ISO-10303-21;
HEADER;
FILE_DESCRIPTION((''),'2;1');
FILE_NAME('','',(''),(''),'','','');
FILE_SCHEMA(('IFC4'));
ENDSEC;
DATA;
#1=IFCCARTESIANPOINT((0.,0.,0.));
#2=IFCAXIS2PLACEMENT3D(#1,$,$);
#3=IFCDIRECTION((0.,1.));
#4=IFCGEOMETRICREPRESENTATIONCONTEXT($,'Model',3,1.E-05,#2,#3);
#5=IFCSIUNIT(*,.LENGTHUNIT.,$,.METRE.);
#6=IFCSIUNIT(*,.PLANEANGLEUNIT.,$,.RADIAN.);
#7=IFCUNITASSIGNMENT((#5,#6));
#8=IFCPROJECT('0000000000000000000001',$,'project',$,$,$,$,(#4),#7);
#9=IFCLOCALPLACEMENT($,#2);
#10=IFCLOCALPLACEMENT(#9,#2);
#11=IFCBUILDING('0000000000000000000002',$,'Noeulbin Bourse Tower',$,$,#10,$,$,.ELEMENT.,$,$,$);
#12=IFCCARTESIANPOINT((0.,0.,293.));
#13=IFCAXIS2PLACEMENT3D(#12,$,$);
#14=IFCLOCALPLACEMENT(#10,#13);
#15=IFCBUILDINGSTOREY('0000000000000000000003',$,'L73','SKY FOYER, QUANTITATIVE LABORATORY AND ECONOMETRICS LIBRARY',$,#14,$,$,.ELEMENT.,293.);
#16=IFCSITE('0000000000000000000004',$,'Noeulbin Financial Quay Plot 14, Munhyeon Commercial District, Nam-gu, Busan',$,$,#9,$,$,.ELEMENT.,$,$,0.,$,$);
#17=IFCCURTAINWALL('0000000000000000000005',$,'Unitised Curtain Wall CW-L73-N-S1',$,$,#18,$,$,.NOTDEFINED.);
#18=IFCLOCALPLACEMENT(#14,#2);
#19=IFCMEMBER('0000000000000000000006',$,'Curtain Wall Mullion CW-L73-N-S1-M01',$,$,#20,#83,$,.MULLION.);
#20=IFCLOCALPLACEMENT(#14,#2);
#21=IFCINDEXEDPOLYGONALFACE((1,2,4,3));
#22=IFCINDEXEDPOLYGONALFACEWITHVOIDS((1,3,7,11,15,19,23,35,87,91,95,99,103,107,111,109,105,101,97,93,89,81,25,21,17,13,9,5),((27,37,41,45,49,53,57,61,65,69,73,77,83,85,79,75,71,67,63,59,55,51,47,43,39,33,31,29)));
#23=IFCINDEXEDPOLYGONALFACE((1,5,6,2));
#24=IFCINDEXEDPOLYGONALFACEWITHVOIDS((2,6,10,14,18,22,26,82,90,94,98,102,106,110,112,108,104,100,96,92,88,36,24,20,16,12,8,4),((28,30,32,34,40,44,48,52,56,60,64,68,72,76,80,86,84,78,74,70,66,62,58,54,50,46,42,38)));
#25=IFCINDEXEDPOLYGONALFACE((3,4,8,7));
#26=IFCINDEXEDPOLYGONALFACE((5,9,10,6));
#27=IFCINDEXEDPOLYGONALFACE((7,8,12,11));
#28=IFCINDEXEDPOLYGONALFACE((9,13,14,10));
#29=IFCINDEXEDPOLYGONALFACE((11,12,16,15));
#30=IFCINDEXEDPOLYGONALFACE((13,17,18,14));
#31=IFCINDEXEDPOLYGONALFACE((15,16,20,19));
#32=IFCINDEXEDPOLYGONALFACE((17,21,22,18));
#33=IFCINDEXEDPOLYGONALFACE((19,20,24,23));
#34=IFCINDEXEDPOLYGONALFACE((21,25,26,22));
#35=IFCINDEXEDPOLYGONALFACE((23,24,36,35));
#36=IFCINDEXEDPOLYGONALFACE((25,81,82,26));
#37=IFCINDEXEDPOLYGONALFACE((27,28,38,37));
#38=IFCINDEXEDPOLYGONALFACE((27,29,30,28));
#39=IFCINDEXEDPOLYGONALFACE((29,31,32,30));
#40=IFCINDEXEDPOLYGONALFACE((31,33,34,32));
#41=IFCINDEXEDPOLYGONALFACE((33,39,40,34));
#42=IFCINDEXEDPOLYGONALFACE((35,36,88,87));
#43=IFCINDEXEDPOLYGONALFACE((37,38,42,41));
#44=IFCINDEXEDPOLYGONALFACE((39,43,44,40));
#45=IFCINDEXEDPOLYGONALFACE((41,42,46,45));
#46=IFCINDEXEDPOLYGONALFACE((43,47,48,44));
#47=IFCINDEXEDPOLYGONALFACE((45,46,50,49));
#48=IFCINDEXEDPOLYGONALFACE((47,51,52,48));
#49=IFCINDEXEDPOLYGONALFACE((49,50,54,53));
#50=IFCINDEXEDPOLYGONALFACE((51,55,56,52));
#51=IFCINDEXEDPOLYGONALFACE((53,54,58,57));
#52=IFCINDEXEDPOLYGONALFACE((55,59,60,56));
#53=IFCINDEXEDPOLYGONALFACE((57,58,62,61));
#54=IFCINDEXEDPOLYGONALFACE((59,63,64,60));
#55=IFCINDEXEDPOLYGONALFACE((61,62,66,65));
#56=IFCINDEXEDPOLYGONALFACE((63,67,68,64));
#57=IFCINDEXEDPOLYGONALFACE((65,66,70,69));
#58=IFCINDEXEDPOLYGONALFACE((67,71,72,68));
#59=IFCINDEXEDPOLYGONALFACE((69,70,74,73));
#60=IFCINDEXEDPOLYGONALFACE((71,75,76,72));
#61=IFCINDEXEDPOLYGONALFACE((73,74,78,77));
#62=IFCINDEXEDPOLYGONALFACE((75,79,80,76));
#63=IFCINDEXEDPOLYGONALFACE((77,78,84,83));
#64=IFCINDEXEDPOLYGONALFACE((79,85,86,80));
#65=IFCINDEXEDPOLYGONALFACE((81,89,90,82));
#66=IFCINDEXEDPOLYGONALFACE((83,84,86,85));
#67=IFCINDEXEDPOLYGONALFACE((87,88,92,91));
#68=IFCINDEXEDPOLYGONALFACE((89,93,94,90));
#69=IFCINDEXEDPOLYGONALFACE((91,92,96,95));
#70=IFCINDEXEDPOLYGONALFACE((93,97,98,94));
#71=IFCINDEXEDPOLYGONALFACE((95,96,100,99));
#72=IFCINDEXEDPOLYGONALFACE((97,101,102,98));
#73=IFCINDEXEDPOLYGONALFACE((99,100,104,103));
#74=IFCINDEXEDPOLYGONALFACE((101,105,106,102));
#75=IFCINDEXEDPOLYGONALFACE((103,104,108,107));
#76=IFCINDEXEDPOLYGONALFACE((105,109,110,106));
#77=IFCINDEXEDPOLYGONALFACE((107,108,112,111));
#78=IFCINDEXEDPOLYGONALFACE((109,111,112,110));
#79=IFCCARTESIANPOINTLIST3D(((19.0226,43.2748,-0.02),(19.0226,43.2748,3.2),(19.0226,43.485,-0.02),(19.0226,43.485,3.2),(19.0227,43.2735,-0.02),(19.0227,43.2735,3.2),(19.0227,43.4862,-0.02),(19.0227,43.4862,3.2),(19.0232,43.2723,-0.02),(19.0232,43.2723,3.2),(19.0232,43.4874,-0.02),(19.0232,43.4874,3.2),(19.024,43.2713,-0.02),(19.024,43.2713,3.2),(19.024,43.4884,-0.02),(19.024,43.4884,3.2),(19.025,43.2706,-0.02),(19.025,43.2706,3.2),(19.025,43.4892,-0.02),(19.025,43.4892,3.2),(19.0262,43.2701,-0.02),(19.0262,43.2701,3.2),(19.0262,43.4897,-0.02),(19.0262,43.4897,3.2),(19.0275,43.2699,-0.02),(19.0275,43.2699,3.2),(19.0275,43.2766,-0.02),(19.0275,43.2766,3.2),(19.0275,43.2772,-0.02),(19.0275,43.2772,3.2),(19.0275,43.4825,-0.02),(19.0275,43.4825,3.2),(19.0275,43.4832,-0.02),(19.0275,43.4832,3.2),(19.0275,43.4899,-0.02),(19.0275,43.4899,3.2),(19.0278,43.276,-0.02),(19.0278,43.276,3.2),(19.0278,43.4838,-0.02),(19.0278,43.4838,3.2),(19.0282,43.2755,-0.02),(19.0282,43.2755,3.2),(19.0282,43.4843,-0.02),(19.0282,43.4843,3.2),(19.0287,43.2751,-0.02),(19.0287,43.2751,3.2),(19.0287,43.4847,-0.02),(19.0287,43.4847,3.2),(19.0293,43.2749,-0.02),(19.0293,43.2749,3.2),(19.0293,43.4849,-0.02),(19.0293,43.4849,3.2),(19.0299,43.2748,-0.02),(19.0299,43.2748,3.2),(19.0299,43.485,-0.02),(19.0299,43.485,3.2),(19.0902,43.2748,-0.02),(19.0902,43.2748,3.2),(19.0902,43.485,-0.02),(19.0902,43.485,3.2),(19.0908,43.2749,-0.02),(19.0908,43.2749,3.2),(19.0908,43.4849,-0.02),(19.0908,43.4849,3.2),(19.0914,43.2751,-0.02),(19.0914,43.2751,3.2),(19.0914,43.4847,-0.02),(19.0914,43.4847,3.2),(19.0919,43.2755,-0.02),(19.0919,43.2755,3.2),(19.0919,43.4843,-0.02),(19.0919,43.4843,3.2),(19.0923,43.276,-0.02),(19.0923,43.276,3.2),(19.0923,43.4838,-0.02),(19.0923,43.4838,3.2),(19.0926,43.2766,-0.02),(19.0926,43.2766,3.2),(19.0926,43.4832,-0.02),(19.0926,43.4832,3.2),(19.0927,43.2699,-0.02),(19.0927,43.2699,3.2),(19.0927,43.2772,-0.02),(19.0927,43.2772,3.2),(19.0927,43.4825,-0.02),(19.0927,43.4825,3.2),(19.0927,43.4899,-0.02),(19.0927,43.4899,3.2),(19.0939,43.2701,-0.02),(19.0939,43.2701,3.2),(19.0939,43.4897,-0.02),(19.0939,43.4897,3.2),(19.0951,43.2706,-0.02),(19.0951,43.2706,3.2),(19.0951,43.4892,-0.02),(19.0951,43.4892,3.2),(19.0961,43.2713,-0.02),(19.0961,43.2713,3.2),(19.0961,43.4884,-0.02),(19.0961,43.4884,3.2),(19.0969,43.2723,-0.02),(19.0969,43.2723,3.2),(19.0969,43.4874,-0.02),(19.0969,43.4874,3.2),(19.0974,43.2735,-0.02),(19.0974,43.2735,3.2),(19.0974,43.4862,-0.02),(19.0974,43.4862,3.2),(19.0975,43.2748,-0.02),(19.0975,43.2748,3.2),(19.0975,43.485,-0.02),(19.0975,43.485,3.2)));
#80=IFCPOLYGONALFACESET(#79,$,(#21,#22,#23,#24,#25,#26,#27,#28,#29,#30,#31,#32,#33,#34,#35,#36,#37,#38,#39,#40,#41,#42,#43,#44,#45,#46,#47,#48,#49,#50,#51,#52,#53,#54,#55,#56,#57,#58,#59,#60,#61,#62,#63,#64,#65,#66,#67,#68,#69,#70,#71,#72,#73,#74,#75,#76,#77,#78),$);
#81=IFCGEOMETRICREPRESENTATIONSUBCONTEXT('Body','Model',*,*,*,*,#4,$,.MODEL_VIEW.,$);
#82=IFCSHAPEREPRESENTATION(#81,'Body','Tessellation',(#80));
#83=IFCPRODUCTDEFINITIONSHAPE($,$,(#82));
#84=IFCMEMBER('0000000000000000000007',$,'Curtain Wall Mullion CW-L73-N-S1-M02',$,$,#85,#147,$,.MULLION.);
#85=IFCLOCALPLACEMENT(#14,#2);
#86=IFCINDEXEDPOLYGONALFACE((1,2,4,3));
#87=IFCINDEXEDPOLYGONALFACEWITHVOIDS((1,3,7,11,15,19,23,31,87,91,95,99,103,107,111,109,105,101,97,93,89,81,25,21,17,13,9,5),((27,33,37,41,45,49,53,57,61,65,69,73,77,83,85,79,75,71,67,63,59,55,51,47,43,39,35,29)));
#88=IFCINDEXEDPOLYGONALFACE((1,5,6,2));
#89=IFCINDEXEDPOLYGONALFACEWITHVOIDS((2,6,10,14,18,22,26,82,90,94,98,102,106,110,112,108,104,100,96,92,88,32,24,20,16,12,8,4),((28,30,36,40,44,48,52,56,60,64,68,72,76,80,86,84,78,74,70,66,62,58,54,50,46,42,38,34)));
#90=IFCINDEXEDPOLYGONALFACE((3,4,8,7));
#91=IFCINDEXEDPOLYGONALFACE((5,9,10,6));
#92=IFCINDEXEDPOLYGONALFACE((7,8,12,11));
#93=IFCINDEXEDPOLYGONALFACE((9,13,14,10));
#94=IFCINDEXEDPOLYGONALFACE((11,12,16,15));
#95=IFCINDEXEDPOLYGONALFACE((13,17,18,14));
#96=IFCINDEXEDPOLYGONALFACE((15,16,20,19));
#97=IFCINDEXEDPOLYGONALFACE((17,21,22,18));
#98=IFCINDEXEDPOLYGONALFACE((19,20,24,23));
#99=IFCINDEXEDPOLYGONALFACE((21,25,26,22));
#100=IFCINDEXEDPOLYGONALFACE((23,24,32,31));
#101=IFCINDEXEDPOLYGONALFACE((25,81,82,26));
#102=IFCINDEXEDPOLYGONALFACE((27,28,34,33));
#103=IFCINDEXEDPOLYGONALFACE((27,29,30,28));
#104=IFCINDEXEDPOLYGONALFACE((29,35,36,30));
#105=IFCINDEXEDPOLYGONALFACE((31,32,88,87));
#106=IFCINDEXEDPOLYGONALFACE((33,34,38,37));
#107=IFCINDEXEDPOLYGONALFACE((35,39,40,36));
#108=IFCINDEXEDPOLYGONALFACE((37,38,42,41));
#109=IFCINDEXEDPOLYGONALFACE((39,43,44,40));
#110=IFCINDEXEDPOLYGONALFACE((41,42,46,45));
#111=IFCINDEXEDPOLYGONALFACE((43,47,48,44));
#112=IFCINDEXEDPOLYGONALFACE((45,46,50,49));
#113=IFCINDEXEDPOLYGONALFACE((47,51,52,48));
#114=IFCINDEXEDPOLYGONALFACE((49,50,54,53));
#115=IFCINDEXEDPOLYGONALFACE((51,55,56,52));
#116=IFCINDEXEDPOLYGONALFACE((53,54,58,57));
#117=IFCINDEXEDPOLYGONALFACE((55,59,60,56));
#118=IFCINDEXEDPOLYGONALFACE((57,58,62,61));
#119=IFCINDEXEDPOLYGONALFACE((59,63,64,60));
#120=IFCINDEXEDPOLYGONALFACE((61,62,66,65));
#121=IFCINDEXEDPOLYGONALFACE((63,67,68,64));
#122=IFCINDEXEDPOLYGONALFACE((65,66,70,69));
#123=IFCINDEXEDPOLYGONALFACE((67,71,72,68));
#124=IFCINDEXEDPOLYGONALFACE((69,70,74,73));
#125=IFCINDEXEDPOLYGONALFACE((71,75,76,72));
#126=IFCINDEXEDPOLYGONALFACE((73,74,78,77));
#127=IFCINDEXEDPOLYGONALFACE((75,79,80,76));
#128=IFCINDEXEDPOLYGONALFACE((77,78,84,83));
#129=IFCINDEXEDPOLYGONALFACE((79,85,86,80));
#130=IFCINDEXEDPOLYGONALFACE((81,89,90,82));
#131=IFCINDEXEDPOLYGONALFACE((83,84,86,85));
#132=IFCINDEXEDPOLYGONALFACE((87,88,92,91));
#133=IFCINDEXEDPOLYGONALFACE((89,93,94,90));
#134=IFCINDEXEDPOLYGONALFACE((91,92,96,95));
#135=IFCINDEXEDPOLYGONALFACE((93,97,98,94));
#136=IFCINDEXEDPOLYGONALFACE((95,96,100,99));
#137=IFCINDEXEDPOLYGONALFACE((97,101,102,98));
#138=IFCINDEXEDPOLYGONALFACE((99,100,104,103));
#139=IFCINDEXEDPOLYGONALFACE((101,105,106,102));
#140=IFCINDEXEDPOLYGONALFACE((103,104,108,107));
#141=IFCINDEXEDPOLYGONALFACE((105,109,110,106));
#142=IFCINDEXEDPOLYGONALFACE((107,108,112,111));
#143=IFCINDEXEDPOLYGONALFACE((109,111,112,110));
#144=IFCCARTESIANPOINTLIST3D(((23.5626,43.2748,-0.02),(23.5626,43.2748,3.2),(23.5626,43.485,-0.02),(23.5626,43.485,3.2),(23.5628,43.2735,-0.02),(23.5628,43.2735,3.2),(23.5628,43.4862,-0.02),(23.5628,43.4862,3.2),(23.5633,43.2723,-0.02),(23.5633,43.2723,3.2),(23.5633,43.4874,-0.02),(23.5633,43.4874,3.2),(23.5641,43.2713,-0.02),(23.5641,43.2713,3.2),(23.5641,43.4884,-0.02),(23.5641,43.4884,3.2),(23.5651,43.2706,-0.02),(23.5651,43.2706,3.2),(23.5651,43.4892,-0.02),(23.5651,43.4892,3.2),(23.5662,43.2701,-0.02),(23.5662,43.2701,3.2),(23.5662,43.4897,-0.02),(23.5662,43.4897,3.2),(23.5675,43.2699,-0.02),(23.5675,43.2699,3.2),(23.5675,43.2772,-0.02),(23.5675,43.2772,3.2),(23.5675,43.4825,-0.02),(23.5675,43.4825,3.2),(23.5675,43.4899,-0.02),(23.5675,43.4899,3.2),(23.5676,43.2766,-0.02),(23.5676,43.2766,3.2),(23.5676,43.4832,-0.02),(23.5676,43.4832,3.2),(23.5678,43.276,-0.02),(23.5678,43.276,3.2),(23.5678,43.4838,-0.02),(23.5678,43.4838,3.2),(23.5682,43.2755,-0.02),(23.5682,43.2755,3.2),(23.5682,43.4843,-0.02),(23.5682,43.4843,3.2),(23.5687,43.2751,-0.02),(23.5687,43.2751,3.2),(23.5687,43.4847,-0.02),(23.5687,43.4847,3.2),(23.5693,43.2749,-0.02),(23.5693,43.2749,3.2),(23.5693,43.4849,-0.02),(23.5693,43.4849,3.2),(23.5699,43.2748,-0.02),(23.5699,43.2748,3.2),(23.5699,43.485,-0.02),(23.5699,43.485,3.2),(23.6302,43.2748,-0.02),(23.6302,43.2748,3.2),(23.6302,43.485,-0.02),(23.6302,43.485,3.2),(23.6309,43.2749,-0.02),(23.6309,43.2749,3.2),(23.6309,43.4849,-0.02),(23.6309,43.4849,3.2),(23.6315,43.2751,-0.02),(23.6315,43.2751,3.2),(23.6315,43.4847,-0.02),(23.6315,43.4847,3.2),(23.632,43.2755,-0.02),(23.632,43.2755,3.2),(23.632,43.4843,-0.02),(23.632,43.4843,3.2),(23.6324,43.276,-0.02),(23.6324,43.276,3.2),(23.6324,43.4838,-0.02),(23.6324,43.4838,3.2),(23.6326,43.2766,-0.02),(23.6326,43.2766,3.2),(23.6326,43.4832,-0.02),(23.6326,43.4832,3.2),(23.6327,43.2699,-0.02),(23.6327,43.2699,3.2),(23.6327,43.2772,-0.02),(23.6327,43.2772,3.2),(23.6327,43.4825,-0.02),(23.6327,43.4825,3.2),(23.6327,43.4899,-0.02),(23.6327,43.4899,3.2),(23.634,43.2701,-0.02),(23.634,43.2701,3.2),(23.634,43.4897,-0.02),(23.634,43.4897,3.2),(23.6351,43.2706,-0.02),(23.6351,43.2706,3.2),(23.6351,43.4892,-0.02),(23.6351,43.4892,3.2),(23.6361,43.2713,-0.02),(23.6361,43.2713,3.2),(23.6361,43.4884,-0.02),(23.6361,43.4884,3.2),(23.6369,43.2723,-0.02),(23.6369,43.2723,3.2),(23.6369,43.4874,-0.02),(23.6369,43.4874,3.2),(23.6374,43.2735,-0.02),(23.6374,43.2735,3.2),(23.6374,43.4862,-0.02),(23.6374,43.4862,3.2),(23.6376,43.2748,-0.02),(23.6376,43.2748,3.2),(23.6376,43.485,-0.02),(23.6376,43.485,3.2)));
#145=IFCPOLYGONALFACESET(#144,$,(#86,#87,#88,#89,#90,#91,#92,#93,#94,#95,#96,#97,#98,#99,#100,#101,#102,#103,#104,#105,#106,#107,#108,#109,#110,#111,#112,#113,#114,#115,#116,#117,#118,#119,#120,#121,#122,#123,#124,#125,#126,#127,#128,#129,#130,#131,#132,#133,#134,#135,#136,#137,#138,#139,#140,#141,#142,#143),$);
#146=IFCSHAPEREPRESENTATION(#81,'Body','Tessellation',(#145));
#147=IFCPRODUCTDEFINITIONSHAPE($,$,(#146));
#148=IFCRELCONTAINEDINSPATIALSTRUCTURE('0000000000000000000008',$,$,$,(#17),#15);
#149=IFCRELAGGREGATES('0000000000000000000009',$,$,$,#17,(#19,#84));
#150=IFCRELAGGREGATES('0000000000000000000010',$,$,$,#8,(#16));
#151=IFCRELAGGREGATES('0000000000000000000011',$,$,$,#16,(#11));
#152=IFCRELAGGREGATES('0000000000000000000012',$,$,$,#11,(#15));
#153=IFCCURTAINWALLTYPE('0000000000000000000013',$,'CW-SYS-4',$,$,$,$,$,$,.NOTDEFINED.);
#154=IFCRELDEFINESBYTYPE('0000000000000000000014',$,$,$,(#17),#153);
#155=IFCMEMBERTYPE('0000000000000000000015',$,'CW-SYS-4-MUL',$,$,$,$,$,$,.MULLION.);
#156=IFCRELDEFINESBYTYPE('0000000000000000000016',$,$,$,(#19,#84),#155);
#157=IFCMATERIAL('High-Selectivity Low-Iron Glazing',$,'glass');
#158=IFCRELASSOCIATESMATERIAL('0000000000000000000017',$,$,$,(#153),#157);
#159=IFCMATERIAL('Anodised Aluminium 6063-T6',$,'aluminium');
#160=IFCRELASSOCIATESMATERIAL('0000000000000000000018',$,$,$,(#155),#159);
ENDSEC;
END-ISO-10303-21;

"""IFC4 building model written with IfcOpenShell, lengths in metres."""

from ifc_helpers import new_model, si_unit, direction, frame, origin, origin_2d, place, context, subcontext, project, spatial, hollow_rectangle, extrude, material, material_profile, profile_set, type_object, element, aggregate, save


model = new_model("IFC4")

# Units and contexts
model_context = context("Model", 3, precision=1e-05, world=origin(), true_north=direction((0.0, 1.0)))
body_context = subcontext(model_context, "Body", "Model", "MODEL_VIEW")
ifc_project = project(units=[si_unit("LENGTHUNIT", "METRE"), si_unit("PLANEANGLEUNIT", "RADIAN")], contexts=[model_context])

# Site, building, storey
site_placement = place(None, origin())
site = spatial("IfcSite", under=ifc_project, at=site_placement, Name="Noeulbin Financial Quay Plot 14, Munhyeon Commercial District, Nam-gu, Busan", CompositionType="ELEMENT", RefElevation=0.0)
building_placement = place(site_placement, origin())
building = spatial("IfcBuilding", under=site, at=building_placement, Name="Noeulbin Bourse Tower", CompositionType="ELEMENT")
storey_placement = place(building_placement, frame((0.0, 0.0, 293.0)))
storey = spatial("IfcBuildingStorey", under=building, at=storey_placement, Name="L73", Description="SKY FOYER, QUANTITATIVE LABORATORY AND ECONOMETRICS LIBRARY", CompositionType="ELEMENT", Elevation=293.0)

# Curtain wall, members
ifc_material_1 = material(Name="High-Selectivity Low-Iron Glazing", Category="glass")
curtain_wall_type = type_object("IfcCurtainWallType", Name="CW-SYS-4", PredefinedType="NOTDEFINED", material=ifc_material_1)
curtain_wall_1_placement = place(storey_placement, origin())
curtain_wall_1 = element("IfcCurtainWall", 1, at=curtain_wall_1_placement, inside=storey, type_object=curtain_wall_type, Name="Unitised Curtain Wall CW-L73-N-S1", PredefinedType="NOTDEFINED")
ifc_material_2 = material(Name="Anodised Aluminium 6063-T6", Category="aluminium")
ifc_material_profile_1 = material_profile(ifc_material_2, hollow_rectangle(XDim=0.075, YDim=0.22, WallThickness=0.0049, InnerFilletRadius=0.0024, OuterFilletRadius=0.0049, at=origin_2d()), Name="ALU-MULL-75x220x5", Category="LoadBearing")
ifc_profile_set_1 = profile_set([ifc_material_profile_1], Name="Anodised Aluminium 6063-T6")
member_type_1 = type_object("IfcMemberType", Name="CW-SYS-4-MUL", PredefinedType="MULLION", material=ifc_profile_set_1)
member_1_placement = place(storey_placement, frame((19.0601, 43.3799, -0.02), z_axis=(0.0, 0.0, 1.0), x_axis=(1.0, 0.0, 0.0)))
member_1 = element("IfcMember", 2, at=member_1_placement, type_object=member_type_1, Name="Curtain Wall Mullion CW-L73-N-S1-M01", PredefinedType="MULLION", context=body_context, shape_type="SweptSolid", body=[
    extrude(hollow_rectangle(XDim=0.075, YDim=0.22, WallThickness=0.0049, InnerFilletRadius=0.0024, OuterFilletRadius=0.0049, at=origin_2d()), origin(), (0.0, 0.0, 1.0), 3.22),
])
member_2_placement = place(storey_placement, frame((23.6001, 43.3799, -0.02), z_axis=(0.0, 0.0, 1.0), x_axis=(1.0, 0.0, 0.0)))
member_2 = element("IfcMember", 3, at=member_2_placement, type_object=member_type_1, Name="Curtain Wall Mullion CW-L73-N-S1-M02", PredefinedType="MULLION", context=body_context, shape_type="SweptSolid", body=[
    extrude(hollow_rectangle(XDim=0.075, YDim=0.22, WallThickness=0.0049, InnerFilletRadius=0.0024, OuterFilletRadius=0.0049, at=origin_2d()), origin(), (0.0, 0.0, 1.0), 3.22),
])

aggregate(curtain_wall_1, [member_1, member_2])

save(model, "model.ifc")
